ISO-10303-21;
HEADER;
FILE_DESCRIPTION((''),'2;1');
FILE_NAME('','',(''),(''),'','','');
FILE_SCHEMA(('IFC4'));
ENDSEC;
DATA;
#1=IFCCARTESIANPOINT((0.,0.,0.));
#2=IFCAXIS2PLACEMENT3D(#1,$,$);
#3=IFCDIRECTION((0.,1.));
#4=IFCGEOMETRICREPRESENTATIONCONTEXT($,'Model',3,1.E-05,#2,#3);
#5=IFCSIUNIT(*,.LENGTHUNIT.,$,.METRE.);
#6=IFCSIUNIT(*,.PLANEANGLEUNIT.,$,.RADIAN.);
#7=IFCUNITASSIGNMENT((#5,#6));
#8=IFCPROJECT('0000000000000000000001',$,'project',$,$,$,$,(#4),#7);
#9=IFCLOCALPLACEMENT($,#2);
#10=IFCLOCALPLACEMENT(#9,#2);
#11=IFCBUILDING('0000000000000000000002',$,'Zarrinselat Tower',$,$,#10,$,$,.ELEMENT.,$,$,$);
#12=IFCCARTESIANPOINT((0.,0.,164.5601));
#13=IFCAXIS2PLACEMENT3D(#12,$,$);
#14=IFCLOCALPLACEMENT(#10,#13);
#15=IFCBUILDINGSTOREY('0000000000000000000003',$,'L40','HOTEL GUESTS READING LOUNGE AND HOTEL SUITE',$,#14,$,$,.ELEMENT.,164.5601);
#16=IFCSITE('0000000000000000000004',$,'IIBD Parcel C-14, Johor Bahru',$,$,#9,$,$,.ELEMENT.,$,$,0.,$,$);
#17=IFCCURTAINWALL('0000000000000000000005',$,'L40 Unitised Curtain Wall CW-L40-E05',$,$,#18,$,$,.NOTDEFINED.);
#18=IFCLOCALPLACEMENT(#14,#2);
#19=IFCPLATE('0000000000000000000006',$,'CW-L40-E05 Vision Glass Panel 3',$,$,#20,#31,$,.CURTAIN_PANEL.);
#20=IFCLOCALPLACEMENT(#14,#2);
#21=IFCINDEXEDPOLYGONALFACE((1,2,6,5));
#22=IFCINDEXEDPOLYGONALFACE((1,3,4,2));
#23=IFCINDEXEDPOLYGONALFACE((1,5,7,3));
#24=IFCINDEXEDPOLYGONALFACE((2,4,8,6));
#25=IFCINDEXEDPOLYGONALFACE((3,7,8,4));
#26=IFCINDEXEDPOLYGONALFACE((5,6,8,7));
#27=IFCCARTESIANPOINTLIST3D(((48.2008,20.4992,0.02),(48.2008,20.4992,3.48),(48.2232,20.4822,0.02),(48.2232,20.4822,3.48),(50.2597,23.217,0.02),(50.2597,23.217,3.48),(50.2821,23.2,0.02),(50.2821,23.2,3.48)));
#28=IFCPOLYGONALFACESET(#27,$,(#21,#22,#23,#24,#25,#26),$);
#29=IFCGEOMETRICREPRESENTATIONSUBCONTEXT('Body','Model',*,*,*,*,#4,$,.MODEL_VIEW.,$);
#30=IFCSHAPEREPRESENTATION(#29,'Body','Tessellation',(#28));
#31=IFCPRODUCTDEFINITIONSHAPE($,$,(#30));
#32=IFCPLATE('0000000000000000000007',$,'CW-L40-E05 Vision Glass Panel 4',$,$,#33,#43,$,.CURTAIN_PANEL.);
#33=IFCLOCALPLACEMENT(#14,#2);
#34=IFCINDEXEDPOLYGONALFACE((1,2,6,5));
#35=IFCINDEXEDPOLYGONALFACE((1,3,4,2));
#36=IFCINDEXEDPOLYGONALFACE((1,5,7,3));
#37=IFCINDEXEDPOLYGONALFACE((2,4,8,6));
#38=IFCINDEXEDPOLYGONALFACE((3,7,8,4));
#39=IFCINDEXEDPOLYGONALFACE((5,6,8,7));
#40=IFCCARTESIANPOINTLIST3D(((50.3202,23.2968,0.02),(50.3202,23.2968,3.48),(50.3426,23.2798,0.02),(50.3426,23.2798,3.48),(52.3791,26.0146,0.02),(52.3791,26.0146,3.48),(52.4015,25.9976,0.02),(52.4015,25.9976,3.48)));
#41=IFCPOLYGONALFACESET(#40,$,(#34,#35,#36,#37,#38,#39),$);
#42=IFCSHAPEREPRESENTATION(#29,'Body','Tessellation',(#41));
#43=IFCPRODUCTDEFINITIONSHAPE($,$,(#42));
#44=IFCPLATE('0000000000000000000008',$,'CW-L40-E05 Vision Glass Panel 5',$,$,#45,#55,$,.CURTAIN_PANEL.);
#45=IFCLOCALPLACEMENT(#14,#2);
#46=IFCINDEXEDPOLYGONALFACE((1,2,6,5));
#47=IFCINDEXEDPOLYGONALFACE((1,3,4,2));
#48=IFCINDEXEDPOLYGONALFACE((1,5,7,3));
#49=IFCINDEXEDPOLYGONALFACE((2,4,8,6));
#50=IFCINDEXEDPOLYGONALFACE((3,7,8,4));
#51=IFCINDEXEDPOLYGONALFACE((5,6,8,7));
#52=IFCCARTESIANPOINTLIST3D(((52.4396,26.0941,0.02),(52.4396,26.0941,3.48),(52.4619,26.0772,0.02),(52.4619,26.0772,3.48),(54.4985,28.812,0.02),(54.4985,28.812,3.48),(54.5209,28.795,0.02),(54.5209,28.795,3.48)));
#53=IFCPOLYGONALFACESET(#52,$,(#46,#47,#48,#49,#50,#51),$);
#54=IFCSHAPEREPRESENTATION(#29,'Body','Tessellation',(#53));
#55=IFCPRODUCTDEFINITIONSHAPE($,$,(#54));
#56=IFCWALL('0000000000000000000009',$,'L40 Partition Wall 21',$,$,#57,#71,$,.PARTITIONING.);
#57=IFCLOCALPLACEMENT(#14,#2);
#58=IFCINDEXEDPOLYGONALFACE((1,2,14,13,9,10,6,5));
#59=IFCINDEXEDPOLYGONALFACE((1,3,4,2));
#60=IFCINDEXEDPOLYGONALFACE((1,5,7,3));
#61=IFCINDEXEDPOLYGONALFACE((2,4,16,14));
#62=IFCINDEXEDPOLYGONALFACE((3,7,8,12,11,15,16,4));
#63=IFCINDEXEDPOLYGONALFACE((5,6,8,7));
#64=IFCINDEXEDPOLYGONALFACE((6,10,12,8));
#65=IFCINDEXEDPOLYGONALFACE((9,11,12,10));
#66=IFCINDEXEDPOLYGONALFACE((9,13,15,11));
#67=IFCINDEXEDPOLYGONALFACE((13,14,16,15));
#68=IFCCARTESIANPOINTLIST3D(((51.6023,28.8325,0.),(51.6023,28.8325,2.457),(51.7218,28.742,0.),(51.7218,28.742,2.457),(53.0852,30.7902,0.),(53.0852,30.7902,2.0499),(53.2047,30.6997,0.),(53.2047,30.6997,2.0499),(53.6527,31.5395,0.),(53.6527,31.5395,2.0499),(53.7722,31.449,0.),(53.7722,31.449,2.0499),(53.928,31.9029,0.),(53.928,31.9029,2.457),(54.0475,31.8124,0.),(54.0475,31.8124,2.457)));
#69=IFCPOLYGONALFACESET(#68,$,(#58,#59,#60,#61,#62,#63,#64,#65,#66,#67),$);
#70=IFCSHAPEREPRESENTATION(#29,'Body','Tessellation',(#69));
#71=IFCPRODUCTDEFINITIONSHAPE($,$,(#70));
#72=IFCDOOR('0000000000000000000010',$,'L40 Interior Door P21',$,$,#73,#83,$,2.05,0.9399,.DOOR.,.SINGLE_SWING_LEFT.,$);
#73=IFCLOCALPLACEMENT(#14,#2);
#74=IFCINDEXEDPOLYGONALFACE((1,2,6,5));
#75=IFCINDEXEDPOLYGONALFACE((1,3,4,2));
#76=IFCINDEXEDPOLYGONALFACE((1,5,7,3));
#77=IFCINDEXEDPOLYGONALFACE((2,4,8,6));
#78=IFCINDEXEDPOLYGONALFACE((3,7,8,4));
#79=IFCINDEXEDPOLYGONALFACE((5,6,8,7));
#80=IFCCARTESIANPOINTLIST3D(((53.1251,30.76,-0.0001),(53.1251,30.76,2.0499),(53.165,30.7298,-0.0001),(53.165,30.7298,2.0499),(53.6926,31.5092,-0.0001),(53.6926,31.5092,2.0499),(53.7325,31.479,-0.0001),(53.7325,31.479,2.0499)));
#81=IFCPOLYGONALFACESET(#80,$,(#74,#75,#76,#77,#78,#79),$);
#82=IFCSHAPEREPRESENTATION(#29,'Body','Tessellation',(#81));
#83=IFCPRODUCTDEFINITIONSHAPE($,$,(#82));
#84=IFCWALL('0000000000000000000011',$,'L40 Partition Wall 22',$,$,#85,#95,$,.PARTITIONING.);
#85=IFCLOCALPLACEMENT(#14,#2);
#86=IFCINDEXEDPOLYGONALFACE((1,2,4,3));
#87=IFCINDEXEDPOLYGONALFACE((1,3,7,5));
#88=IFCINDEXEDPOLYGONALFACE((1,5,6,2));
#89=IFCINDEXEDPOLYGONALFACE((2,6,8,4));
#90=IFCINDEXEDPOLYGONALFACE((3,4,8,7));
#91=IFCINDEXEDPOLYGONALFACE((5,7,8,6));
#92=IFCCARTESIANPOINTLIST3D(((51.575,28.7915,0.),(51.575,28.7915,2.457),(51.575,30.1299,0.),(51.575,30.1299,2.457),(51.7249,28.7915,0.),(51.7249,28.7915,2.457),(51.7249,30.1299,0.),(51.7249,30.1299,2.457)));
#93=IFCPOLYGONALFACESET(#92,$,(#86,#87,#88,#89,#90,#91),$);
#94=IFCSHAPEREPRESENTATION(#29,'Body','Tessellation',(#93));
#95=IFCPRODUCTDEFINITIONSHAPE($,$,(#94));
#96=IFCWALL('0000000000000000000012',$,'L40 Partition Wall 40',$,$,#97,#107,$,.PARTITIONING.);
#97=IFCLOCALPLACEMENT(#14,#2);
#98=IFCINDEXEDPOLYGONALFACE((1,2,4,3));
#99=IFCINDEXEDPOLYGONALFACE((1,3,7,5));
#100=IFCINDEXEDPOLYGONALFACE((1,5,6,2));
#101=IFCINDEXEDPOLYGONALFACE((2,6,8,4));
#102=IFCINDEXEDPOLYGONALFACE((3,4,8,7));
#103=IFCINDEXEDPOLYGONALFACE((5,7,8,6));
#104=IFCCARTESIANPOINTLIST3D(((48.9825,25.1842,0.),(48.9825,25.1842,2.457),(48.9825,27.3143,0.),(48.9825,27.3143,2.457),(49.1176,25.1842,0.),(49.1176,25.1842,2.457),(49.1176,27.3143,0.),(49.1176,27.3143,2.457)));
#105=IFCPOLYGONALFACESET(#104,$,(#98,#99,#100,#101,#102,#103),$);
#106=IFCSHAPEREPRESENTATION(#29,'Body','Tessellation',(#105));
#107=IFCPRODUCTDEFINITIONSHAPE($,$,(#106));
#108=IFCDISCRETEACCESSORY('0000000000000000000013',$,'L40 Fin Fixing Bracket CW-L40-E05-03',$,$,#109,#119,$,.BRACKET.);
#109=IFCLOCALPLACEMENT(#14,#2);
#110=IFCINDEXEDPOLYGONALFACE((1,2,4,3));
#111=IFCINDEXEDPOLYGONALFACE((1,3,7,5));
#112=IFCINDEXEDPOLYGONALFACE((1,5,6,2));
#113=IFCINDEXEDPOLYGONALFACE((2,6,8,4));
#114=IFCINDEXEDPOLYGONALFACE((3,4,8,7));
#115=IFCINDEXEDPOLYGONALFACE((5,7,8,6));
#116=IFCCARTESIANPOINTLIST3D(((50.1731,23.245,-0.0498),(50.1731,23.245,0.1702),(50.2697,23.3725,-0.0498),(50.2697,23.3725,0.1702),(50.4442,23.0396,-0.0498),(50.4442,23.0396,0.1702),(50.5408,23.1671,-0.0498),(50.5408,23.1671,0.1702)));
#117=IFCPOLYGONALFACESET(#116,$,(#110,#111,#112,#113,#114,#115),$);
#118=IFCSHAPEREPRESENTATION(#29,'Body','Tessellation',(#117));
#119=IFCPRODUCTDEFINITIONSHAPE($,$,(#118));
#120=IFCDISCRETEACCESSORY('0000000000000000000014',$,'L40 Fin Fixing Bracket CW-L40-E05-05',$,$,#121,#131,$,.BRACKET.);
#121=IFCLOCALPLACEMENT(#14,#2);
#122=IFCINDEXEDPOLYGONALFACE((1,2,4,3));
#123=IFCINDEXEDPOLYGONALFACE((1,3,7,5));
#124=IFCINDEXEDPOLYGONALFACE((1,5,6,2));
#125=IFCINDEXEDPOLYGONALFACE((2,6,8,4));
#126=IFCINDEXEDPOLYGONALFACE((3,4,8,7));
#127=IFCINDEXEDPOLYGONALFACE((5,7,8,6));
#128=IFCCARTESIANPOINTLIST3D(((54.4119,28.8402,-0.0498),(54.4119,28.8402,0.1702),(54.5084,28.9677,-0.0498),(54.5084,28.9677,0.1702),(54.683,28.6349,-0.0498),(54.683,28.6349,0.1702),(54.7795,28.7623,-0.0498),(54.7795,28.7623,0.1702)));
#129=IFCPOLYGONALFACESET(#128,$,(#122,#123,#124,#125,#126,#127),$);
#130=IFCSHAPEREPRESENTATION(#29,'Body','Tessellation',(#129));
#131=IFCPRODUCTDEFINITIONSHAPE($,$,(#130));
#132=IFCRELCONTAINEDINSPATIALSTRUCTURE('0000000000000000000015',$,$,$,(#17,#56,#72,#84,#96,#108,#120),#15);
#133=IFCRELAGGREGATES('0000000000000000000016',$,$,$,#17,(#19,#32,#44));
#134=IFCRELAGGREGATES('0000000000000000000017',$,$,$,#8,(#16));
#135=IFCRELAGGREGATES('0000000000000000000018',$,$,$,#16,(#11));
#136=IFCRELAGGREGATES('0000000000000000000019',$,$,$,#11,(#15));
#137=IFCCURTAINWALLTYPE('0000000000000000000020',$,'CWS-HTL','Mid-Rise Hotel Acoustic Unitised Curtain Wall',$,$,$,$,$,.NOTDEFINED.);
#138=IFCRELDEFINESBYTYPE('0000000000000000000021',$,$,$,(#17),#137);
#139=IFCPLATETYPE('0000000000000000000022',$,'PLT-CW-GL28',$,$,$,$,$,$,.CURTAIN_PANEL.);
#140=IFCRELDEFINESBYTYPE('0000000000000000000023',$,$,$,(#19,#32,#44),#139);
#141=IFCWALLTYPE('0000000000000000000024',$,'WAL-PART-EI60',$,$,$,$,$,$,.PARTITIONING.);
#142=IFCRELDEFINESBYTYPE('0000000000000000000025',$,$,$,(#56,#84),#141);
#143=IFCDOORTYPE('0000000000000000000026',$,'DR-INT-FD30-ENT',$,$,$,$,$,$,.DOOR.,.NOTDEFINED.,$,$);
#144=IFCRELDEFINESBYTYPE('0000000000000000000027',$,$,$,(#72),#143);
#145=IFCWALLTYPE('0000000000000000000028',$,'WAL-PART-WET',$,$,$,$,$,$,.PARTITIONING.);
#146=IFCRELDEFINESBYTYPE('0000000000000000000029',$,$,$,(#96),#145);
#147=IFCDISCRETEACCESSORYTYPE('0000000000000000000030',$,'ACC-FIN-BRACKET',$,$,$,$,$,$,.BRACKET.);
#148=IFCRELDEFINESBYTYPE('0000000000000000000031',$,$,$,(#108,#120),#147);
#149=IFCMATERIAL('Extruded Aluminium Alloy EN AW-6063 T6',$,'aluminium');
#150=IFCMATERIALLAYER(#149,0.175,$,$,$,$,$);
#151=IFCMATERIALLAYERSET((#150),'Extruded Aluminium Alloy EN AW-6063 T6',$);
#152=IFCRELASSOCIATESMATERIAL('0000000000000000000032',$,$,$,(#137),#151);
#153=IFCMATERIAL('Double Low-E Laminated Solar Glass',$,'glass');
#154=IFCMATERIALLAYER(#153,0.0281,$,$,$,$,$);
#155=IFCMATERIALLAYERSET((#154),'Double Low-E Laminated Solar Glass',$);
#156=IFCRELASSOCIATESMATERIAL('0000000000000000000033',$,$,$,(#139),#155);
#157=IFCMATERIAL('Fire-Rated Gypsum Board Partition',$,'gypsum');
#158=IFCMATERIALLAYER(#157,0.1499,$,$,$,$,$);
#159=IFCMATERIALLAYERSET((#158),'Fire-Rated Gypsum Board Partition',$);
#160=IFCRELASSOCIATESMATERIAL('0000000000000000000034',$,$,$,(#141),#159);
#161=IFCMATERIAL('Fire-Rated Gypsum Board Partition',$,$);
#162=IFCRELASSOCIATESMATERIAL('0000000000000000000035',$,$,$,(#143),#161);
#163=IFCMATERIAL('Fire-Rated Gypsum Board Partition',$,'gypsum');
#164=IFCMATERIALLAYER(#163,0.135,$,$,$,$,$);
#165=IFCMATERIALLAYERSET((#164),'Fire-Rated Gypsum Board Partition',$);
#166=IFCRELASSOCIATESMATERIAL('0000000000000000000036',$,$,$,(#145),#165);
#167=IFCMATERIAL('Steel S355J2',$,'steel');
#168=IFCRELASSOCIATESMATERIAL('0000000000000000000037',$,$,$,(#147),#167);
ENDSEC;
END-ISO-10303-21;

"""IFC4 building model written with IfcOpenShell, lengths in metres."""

from ifc_helpers import new_model, si_unit, direction, frame, frame_2d, origin, origin_2d, place, context, subcontext, project, spatial, rectangle, extrude, material, layer, layer_set, type_object, element, fill, aggregate, save


model = new_model("IFC4")

# Units and contexts
model_context = context("Model", 3, precision=1e-05, world=origin(), true_north=direction((0.0, 1.0)))
body_context = subcontext(model_context, "Body", "Model", "MODEL_VIEW")
ifc_project = project(units=[si_unit("LENGTHUNIT", "METRE"), si_unit("PLANEANGLEUNIT", "RADIAN")], contexts=[model_context])

# Site, building, storey
site_placement = place(None, origin())
site = spatial("IfcSite", under=ifc_project, at=site_placement, Name="IIBD Parcel C-14, Johor Bahru", CompositionType="ELEMENT", RefElevation=0.0)
building_placement = place(site_placement, origin())
building = spatial("IfcBuilding", under=site, at=building_placement, Name="Zarrinselat Tower", CompositionType="ELEMENT")
storey_placement = place(building_placement, frame((0.0, 0.0, 164.5601)))
storey = spatial("IfcBuildingStorey", under=building, at=storey_placement, Name="L40", Description="HOTEL GUESTS READING LOUNGE AND HOTEL SUITE", CompositionType="ELEMENT", Elevation=164.5601)

# Curtain wall, plates
ifc_material_1 = material(Name="Extruded Aluminium Alloy EN AW-6063 T6", Category="aluminium")
ifc_layer_1 = layer(ifc_material_1, 0.175)
ifc_layer_set_1 = layer_set([ifc_layer_1], Name="Extruded Aluminium Alloy EN AW-6063 T6")
curtain_wall_type = type_object("IfcCurtainWallType", Name="CWS-HTL", Description="Mid-Rise Hotel Acoustic Unitised Curtain Wall", PredefinedType="NOTDEFINED", material=ifc_layer_set_1)
curtain_wall_placement = place(storey_placement, origin())
curtain_wall = element("IfcCurtainWall", 1, at=curtain_wall_placement, inside=storey, type_object=curtain_wall_type, Name="L40 Unitised Curtain Wall CW-L40-E05", PredefinedType="NOTDEFINED")
ifc_material_2 = material(Name="Double Low-E Laminated Solar Glass", Category="glass")
ifc_layer_2 = layer(ifc_material_2, 0.0281)
ifc_layer_set_2 = layer_set([ifc_layer_2], Name="Double Low-E Laminated Solar Glass")
plate_type = type_object("IfcPlateType", Name="PLT-CW-GL28", PredefinedType="CURTAIN_PANEL", material=ifc_layer_set_2)
plate_1_placement = place(storey_placement, frame((49.2415, 21.8496, 0.02), z_axis=(0.0, 0.0, 1.0), x_axis=(0.603859, 0.797091, 0.0)))
plate_1 = element("IfcPlate", 2, at=plate_1_placement, type_object=plate_type, Name="CW-L40-E05 Vision Glass Panel 3", PredefinedType="CURTAIN_PANEL", context=body_context, shape_type="SweptSolid", body=[
    extrude(rectangle(XDim=3.4097, YDim=0.0281, at=origin_2d()), origin(), (0.0, 0.0, 1.0), 3.46),
])
plate_2_placement = place(storey_placement, frame((51.3608, 24.6472, 0.02), z_axis=(0.0, 0.0, 1.0), x_axis=(0.603859, 0.797091, 0.0)))
plate_2 = element("IfcPlate", 3, at=plate_2_placement, type_object=plate_type, Name="CW-L40-E05 Vision Glass Panel 4", PredefinedType="CURTAIN_PANEL", context=body_context, shape_type="SweptSolid", body=[
    extrude(rectangle(XDim=3.4097, YDim=0.0281, at=origin_2d()), origin(), (0.0, 0.0, 1.0), 3.46),
])
plate_3_placement = place(storey_placement, frame((53.4802, 27.4446, 0.02), z_axis=(0.0, 0.0, 1.0), x_axis=(0.603859, 0.797091, 0.0)))
plate_3 = element("IfcPlate", 4, at=plate_3_placement, type_object=plate_type, Name="CW-L40-E05 Vision Glass Panel 5", PredefinedType="CURTAIN_PANEL", context=body_context, shape_type="SweptSolid", body=[
    extrude(rectangle(XDim=3.4097, YDim=0.0281, at=origin_2d()), origin(), (0.0, 0.0, 1.0), 3.46),
])
aggregate(curtain_wall, [plate_1, plate_2, plate_3])

# Wall, opening, door
ifc_material_3 = material(Name="Fire-Rated Gypsum Board Partition", Category="gypsum")
ifc_layer_3 = layer(ifc_material_3, 0.1499)
ifc_layer_set_3 = layer_set([ifc_layer_3], Name="Fire-Rated Gypsum Board Partition")
wall_type_1 = type_object("IfcWallType", Name="WAL-PART-EI60", PredefinedType="PARTITIONING", material=ifc_layer_set_3)
wall_1_placement = place(storey_placement, frame((51.6621, 28.7874, 0.0), z_axis=(0.0, 0.0, 1.0), x_axis=(0.603806, 0.797131, 0.0)))
wall_1 = element("IfcWall", 5, at=wall_1_placement, inside=storey, type_object=wall_type_1, Name="L40 Partition Wall 21", PredefinedType="PARTITIONING", context=body_context, shape_type="SweptSolid", body=[
    extrude(rectangle(XDim=3.8518, YDim=0.1499, at=frame_2d((1.9258, 0.0))), origin(), (0.0, 0.0, 1.0), 2.457),
])
opening_placement = place(wall_1_placement, frame((2.4558, 0.0, 0.0)))
opening = element("IfcOpeningElement", 6, at=opening_placement, cuts=wall_1, PredefinedType="OPENING", context=body_context, shape_type="SweptSolid", body=[
    extrude(rectangle(XDim=0.9399, YDim=2.05, at=frame_2d((0.47, 1.0249))), frame((0.0, 0.085, 0.0), z_axis=(0.0, -1.0, 0.0), x_axis=(1.0, 0.0, 0.0)), (0.0, 0.0, 1.0), 0.1699),
])
ifc_material_4 = material(Name="Fire-Rated Gypsum Board Partition")
door_type = type_object("IfcDoorType", Name="DR-INT-FD30-ENT", OperationType="NOTDEFINED", PredefinedType="DOOR", material=ifc_material_4)
door_placement = place(opening_placement, origin())
door = element("IfcDoor", 7, at=door_placement, inside=storey, type_object=door_type, Name="L40 Interior Door P21", OperationType="SINGLE_SWING_LEFT", OverallHeight=2.05, OverallWidth=0.9399, PredefinedType="DOOR", context=body_context, shape_type="SweptSolid", body=[
    extrude(rectangle(XDim=0.9399, YDim=2.05, at=frame_2d((0.47, 1.0249))), frame((0.0, 0.0249, 0.0), z_axis=(0.0, -1.0, 0.0), x_axis=(1.0, 0.0, 0.0)), (0.0, 0.0, 1.0), 0.05),
])
fill(opening, door)

# Walls
wall_2_placement = place(storey_placement, frame((51.6499, 28.7915, 0.0), z_axis=(0.0, 0.0, 1.0), x_axis=(0.0, 1.0, 0.0)))
element("IfcWall", 8, at=wall_2_placement, inside=storey, type_object=wall_type_1, Name="L40 Partition Wall 22", PredefinedType="PARTITIONING", context=body_context, shape_type="SweptSolid", body=[
    extrude(rectangle(XDim=1.3384, YDim=0.1499, at=frame_2d((0.6692, 0.0))), origin(), (0.0, 0.0, 1.0), 2.457),
])
ifc_material_5 = material(Name="Fire-Rated Gypsum Board Partition", Category="gypsum")
ifc_layer_4 = layer(ifc_material_5, 0.135)
ifc_layer_set_4 = layer_set([ifc_layer_4], Name="Fire-Rated Gypsum Board Partition")
wall_type_2 = type_object("IfcWallType", Name="WAL-PART-WET", PredefinedType="PARTITIONING", material=ifc_layer_set_4)
wall_3_placement = place(storey_placement, frame((49.05, 25.1843, 0.0), z_axis=(0.0, 0.0, 1.0), x_axis=(0.0, 1.0, 0.0)))
element("IfcWall", 9, at=wall_3_placement, inside=storey, type_object=wall_type_2, Name="L40 Partition Wall 40", PredefinedType="PARTITIONING", context=body_context, shape_type="SweptSolid", body=[
    extrude(rectangle(XDim=2.1301, YDim=0.135, at=frame_2d((1.0649, 0.0))), origin(), (0.0, 0.0, 1.0), 2.457),
])

# Discrete accessories
ifc_material_6 = material(Name="Steel S355J2", Category="steel")
discrete_accessory_type = type_object("IfcDiscreteAccessoryType", Name="ACC-FIN-BRACKET", PredefinedType="BRACKET", material=ifc_material_6)
for number, where, z_axis, x_axis, name in (
    (10, (50.3569, 23.2061, -0.0498), (0.0, 0.0, 1.0), (0.797091, -0.603859, 0.0), "L40 Fin Fixing Bracket CW-L40-E05-03"),
    (11, (54.5957, 28.8013, -0.0498), (0.0, 0.0, 1.0), (0.797091, -0.603859, 0.0), "L40 Fin Fixing Bracket CW-L40-E05-05"),
):
    element("IfcDiscreteAccessory", number, at=place(storey_placement, frame(where, z_axis=z_axis, x_axis=x_axis)), inside=storey, type_object=discrete_accessory_type, Name=name, PredefinedType="BRACKET", context=body_context, shape_type="SweptSolid", body=[
        extrude(rectangle(XDim=0.3401, YDim=0.1599, at=origin_2d()), origin(), (0.0, 0.0, 1.0), 0.22),
    ])

save(model, "model.ifc")
